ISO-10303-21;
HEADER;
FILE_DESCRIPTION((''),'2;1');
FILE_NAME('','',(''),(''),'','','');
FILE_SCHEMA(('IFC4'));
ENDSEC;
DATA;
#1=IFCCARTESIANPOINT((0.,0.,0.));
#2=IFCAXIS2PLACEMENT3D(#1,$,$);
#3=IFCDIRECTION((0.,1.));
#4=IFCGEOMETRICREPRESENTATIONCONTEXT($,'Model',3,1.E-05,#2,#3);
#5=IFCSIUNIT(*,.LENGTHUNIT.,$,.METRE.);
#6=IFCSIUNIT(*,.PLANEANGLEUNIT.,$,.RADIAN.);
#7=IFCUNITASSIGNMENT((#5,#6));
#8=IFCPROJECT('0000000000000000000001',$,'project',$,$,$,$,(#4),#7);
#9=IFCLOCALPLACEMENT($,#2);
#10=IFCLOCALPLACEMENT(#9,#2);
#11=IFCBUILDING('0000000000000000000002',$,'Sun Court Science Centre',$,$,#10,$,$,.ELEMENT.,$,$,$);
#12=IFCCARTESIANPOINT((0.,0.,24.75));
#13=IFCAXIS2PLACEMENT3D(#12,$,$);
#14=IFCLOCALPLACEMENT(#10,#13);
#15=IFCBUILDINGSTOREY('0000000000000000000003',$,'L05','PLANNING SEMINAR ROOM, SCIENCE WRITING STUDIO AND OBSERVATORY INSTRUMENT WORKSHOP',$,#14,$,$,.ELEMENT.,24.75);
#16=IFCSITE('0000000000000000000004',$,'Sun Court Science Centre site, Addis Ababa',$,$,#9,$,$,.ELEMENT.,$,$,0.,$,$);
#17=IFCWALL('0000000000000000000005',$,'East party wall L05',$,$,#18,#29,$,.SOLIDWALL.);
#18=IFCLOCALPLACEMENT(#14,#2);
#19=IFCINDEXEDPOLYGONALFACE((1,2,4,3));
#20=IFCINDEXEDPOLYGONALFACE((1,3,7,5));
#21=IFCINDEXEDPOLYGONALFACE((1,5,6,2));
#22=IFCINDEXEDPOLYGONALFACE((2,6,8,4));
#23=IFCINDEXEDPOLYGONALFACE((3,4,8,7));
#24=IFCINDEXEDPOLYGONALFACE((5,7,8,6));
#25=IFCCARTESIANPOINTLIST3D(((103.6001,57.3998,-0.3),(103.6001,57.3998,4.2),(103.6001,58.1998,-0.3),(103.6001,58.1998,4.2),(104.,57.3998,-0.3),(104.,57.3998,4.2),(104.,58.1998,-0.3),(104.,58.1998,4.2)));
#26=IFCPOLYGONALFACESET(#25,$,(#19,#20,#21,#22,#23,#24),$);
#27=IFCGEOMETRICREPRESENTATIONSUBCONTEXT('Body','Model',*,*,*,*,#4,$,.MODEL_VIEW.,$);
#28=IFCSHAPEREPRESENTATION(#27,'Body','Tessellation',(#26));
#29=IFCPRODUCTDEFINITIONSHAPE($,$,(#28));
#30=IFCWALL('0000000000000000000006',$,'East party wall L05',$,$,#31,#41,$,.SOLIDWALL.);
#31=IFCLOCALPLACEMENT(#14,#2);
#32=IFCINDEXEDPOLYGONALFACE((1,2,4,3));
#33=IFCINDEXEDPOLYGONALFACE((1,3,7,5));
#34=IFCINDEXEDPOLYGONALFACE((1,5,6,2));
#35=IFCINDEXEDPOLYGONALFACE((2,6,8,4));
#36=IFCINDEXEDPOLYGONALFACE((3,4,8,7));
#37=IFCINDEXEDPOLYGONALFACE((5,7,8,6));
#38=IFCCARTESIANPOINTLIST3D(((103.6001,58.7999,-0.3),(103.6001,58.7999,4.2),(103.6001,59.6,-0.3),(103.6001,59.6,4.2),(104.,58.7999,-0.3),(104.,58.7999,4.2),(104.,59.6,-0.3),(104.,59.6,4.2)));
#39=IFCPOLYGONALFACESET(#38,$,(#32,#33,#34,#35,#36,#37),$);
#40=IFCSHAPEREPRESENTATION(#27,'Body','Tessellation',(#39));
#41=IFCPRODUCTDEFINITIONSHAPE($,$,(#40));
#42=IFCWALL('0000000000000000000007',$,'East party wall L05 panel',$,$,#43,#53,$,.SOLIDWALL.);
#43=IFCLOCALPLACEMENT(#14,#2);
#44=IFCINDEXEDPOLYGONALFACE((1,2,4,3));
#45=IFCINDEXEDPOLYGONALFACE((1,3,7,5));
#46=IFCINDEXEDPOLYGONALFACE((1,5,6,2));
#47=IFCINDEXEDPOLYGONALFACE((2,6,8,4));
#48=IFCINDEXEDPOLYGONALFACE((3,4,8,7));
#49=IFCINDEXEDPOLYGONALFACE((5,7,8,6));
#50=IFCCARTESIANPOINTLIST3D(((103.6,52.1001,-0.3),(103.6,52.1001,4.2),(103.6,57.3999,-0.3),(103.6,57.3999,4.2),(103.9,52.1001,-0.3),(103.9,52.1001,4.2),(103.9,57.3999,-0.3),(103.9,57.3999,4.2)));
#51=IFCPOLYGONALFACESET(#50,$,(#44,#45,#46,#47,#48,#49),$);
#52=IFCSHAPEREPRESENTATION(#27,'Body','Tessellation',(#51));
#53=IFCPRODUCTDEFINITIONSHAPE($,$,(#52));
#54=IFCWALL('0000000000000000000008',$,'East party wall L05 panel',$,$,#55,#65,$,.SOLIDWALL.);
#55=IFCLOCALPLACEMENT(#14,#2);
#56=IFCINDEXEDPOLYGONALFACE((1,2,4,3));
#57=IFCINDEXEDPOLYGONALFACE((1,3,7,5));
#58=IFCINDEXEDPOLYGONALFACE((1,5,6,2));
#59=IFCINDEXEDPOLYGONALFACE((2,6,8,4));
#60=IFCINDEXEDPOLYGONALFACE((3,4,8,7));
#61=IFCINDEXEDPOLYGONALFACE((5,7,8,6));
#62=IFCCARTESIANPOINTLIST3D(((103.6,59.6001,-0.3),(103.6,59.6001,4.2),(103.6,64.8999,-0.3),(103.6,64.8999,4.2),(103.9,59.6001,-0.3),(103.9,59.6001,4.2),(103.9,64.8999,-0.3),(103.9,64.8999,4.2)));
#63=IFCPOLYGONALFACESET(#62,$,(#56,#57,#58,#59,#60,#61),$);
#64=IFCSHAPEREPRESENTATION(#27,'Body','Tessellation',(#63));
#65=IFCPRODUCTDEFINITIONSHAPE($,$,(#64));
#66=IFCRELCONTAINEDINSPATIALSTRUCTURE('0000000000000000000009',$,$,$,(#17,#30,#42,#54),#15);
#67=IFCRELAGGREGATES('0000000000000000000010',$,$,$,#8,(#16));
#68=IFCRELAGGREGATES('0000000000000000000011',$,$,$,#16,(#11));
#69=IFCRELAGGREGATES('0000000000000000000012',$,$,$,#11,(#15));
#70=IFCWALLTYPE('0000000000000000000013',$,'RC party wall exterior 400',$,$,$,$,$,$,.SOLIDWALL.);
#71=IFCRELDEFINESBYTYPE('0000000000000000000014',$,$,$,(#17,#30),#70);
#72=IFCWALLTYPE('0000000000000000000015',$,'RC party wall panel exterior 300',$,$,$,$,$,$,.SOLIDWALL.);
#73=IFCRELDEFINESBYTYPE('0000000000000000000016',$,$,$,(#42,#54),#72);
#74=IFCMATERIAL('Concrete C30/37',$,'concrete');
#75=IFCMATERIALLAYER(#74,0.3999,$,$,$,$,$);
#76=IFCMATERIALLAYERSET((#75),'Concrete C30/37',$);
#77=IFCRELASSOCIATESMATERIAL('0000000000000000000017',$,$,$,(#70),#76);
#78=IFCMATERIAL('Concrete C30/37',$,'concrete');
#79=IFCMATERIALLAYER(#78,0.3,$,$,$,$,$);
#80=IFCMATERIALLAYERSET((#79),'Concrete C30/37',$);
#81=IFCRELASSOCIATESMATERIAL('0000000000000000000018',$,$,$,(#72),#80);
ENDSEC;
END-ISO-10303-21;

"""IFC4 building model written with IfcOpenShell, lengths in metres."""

from ifc_helpers import new_model, si_unit, direction, frame, frame_2d, origin, place, context, subcontext, project, spatial, rectangle, extrude, material, layer, layer_set, type_object, element, save


model = new_model("IFC4")

# Units and contexts
model_context = context("Model", 3, precision=1e-05, world=origin(), true_north=direction((0.0, 1.0)))
body_context = subcontext(model_context, "Body", "Model", "MODEL_VIEW")
ifc_project = project(units=[si_unit("LENGTHUNIT", "METRE"), si_unit("PLANEANGLEUNIT", "RADIAN")], contexts=[model_context])

# Site, building, storey
site_placement = place(None, origin())
site = spatial("IfcSite", under=ifc_project, at=site_placement, Name="Sun Court Science Centre site, Addis Ababa", CompositionType="ELEMENT", RefElevation=0.0)
building_placement = place(site_placement, origin())
building = spatial("IfcBuilding", under=site, at=building_placement, Name="Sun Court Science Centre", CompositionType="ELEMENT")
storey_placement = place(building_placement, frame((0.0, 0.0, 24.75)))
storey = spatial("IfcBuildingStorey", under=building, at=storey_placement, Name="L05", Description="PLANNING SEMINAR ROOM, SCIENCE WRITING STUDIO AND OBSERVATORY INSTRUMENT WORKSHOP", CompositionType="ELEMENT", Elevation=24.75)

# Walls
ifc_material_1 = material(Name="Concrete C30/37", Category="concrete")
ifc_layer_1 = layer(ifc_material_1, 0.3999)
ifc_layer_set_1 = layer_set([ifc_layer_1], Name="Concrete C30/37")
wall_type_1 = type_object("IfcWallType", Name="RC party wall exterior 400", PredefinedType="SOLIDWALL", material=ifc_layer_set_1)
for number, where, z_axis, x_axis, name in (
    (1, (103.8, 57.3999, -0.3), (0.0, 0.0, 1.0), (0.0, 1.0, 0.0), "East party wall L05"),
    (2, (103.8, 58.8, -0.3), (0.0, 0.0, 1.0), (0.0, 1.0, 0.0), "East party wall L05"),
):
    element("IfcWall", number, at=place(storey_placement, frame(where, z_axis=z_axis, x_axis=x_axis)), inside=storey, type_object=wall_type_1, Name=name, PredefinedType="SOLIDWALL", context=body_context, shape_type="SweptSolid", body=[
        extrude(rectangle(XDim=0.8, YDim=0.3999, at=frame_2d((0.3999, 0.0))), origin(), (0.0, 0.0, 1.0), 4.5),
    ])
ifc_material_2 = material(Name="Concrete C30/37", Category="concrete")
ifc_layer_2 = layer(ifc_material_2, 0.3)
ifc_layer_set_2 = layer_set([ifc_layer_2], Name="Concrete C30/37")
wall_type_2 = type_object("IfcWallType", Name="RC party wall panel exterior 300", PredefinedType="SOLIDWALL", material=ifc_layer_set_2)
for number, where, z_axis, x_axis, name in (
    (3, (103.75, 52.1001, -0.3), (0.0, 0.0, 1.0), (0.0, 1.0, 0.0), "East party wall L05 panel"),
    (4, (103.75, 59.6001, -0.3), (0.0, 0.0, 1.0), (0.0, 1.0, 0.0), "East party wall L05 panel"),
):
    element("IfcWall", number, at=place(storey_placement, frame(where, z_axis=z_axis, x_axis=x_axis)), inside=storey, type_object=wall_type_2, Name=name, PredefinedType="SOLIDWALL", context=body_context, shape_type="SweptSolid", body=[
        extrude(rectangle(XDim=5.2998, YDim=0.3, at=frame_2d((2.6499, 0.0))), origin(), (0.0, 0.0, 1.0), 4.5),
    ])

save(model, "model.ifc")
